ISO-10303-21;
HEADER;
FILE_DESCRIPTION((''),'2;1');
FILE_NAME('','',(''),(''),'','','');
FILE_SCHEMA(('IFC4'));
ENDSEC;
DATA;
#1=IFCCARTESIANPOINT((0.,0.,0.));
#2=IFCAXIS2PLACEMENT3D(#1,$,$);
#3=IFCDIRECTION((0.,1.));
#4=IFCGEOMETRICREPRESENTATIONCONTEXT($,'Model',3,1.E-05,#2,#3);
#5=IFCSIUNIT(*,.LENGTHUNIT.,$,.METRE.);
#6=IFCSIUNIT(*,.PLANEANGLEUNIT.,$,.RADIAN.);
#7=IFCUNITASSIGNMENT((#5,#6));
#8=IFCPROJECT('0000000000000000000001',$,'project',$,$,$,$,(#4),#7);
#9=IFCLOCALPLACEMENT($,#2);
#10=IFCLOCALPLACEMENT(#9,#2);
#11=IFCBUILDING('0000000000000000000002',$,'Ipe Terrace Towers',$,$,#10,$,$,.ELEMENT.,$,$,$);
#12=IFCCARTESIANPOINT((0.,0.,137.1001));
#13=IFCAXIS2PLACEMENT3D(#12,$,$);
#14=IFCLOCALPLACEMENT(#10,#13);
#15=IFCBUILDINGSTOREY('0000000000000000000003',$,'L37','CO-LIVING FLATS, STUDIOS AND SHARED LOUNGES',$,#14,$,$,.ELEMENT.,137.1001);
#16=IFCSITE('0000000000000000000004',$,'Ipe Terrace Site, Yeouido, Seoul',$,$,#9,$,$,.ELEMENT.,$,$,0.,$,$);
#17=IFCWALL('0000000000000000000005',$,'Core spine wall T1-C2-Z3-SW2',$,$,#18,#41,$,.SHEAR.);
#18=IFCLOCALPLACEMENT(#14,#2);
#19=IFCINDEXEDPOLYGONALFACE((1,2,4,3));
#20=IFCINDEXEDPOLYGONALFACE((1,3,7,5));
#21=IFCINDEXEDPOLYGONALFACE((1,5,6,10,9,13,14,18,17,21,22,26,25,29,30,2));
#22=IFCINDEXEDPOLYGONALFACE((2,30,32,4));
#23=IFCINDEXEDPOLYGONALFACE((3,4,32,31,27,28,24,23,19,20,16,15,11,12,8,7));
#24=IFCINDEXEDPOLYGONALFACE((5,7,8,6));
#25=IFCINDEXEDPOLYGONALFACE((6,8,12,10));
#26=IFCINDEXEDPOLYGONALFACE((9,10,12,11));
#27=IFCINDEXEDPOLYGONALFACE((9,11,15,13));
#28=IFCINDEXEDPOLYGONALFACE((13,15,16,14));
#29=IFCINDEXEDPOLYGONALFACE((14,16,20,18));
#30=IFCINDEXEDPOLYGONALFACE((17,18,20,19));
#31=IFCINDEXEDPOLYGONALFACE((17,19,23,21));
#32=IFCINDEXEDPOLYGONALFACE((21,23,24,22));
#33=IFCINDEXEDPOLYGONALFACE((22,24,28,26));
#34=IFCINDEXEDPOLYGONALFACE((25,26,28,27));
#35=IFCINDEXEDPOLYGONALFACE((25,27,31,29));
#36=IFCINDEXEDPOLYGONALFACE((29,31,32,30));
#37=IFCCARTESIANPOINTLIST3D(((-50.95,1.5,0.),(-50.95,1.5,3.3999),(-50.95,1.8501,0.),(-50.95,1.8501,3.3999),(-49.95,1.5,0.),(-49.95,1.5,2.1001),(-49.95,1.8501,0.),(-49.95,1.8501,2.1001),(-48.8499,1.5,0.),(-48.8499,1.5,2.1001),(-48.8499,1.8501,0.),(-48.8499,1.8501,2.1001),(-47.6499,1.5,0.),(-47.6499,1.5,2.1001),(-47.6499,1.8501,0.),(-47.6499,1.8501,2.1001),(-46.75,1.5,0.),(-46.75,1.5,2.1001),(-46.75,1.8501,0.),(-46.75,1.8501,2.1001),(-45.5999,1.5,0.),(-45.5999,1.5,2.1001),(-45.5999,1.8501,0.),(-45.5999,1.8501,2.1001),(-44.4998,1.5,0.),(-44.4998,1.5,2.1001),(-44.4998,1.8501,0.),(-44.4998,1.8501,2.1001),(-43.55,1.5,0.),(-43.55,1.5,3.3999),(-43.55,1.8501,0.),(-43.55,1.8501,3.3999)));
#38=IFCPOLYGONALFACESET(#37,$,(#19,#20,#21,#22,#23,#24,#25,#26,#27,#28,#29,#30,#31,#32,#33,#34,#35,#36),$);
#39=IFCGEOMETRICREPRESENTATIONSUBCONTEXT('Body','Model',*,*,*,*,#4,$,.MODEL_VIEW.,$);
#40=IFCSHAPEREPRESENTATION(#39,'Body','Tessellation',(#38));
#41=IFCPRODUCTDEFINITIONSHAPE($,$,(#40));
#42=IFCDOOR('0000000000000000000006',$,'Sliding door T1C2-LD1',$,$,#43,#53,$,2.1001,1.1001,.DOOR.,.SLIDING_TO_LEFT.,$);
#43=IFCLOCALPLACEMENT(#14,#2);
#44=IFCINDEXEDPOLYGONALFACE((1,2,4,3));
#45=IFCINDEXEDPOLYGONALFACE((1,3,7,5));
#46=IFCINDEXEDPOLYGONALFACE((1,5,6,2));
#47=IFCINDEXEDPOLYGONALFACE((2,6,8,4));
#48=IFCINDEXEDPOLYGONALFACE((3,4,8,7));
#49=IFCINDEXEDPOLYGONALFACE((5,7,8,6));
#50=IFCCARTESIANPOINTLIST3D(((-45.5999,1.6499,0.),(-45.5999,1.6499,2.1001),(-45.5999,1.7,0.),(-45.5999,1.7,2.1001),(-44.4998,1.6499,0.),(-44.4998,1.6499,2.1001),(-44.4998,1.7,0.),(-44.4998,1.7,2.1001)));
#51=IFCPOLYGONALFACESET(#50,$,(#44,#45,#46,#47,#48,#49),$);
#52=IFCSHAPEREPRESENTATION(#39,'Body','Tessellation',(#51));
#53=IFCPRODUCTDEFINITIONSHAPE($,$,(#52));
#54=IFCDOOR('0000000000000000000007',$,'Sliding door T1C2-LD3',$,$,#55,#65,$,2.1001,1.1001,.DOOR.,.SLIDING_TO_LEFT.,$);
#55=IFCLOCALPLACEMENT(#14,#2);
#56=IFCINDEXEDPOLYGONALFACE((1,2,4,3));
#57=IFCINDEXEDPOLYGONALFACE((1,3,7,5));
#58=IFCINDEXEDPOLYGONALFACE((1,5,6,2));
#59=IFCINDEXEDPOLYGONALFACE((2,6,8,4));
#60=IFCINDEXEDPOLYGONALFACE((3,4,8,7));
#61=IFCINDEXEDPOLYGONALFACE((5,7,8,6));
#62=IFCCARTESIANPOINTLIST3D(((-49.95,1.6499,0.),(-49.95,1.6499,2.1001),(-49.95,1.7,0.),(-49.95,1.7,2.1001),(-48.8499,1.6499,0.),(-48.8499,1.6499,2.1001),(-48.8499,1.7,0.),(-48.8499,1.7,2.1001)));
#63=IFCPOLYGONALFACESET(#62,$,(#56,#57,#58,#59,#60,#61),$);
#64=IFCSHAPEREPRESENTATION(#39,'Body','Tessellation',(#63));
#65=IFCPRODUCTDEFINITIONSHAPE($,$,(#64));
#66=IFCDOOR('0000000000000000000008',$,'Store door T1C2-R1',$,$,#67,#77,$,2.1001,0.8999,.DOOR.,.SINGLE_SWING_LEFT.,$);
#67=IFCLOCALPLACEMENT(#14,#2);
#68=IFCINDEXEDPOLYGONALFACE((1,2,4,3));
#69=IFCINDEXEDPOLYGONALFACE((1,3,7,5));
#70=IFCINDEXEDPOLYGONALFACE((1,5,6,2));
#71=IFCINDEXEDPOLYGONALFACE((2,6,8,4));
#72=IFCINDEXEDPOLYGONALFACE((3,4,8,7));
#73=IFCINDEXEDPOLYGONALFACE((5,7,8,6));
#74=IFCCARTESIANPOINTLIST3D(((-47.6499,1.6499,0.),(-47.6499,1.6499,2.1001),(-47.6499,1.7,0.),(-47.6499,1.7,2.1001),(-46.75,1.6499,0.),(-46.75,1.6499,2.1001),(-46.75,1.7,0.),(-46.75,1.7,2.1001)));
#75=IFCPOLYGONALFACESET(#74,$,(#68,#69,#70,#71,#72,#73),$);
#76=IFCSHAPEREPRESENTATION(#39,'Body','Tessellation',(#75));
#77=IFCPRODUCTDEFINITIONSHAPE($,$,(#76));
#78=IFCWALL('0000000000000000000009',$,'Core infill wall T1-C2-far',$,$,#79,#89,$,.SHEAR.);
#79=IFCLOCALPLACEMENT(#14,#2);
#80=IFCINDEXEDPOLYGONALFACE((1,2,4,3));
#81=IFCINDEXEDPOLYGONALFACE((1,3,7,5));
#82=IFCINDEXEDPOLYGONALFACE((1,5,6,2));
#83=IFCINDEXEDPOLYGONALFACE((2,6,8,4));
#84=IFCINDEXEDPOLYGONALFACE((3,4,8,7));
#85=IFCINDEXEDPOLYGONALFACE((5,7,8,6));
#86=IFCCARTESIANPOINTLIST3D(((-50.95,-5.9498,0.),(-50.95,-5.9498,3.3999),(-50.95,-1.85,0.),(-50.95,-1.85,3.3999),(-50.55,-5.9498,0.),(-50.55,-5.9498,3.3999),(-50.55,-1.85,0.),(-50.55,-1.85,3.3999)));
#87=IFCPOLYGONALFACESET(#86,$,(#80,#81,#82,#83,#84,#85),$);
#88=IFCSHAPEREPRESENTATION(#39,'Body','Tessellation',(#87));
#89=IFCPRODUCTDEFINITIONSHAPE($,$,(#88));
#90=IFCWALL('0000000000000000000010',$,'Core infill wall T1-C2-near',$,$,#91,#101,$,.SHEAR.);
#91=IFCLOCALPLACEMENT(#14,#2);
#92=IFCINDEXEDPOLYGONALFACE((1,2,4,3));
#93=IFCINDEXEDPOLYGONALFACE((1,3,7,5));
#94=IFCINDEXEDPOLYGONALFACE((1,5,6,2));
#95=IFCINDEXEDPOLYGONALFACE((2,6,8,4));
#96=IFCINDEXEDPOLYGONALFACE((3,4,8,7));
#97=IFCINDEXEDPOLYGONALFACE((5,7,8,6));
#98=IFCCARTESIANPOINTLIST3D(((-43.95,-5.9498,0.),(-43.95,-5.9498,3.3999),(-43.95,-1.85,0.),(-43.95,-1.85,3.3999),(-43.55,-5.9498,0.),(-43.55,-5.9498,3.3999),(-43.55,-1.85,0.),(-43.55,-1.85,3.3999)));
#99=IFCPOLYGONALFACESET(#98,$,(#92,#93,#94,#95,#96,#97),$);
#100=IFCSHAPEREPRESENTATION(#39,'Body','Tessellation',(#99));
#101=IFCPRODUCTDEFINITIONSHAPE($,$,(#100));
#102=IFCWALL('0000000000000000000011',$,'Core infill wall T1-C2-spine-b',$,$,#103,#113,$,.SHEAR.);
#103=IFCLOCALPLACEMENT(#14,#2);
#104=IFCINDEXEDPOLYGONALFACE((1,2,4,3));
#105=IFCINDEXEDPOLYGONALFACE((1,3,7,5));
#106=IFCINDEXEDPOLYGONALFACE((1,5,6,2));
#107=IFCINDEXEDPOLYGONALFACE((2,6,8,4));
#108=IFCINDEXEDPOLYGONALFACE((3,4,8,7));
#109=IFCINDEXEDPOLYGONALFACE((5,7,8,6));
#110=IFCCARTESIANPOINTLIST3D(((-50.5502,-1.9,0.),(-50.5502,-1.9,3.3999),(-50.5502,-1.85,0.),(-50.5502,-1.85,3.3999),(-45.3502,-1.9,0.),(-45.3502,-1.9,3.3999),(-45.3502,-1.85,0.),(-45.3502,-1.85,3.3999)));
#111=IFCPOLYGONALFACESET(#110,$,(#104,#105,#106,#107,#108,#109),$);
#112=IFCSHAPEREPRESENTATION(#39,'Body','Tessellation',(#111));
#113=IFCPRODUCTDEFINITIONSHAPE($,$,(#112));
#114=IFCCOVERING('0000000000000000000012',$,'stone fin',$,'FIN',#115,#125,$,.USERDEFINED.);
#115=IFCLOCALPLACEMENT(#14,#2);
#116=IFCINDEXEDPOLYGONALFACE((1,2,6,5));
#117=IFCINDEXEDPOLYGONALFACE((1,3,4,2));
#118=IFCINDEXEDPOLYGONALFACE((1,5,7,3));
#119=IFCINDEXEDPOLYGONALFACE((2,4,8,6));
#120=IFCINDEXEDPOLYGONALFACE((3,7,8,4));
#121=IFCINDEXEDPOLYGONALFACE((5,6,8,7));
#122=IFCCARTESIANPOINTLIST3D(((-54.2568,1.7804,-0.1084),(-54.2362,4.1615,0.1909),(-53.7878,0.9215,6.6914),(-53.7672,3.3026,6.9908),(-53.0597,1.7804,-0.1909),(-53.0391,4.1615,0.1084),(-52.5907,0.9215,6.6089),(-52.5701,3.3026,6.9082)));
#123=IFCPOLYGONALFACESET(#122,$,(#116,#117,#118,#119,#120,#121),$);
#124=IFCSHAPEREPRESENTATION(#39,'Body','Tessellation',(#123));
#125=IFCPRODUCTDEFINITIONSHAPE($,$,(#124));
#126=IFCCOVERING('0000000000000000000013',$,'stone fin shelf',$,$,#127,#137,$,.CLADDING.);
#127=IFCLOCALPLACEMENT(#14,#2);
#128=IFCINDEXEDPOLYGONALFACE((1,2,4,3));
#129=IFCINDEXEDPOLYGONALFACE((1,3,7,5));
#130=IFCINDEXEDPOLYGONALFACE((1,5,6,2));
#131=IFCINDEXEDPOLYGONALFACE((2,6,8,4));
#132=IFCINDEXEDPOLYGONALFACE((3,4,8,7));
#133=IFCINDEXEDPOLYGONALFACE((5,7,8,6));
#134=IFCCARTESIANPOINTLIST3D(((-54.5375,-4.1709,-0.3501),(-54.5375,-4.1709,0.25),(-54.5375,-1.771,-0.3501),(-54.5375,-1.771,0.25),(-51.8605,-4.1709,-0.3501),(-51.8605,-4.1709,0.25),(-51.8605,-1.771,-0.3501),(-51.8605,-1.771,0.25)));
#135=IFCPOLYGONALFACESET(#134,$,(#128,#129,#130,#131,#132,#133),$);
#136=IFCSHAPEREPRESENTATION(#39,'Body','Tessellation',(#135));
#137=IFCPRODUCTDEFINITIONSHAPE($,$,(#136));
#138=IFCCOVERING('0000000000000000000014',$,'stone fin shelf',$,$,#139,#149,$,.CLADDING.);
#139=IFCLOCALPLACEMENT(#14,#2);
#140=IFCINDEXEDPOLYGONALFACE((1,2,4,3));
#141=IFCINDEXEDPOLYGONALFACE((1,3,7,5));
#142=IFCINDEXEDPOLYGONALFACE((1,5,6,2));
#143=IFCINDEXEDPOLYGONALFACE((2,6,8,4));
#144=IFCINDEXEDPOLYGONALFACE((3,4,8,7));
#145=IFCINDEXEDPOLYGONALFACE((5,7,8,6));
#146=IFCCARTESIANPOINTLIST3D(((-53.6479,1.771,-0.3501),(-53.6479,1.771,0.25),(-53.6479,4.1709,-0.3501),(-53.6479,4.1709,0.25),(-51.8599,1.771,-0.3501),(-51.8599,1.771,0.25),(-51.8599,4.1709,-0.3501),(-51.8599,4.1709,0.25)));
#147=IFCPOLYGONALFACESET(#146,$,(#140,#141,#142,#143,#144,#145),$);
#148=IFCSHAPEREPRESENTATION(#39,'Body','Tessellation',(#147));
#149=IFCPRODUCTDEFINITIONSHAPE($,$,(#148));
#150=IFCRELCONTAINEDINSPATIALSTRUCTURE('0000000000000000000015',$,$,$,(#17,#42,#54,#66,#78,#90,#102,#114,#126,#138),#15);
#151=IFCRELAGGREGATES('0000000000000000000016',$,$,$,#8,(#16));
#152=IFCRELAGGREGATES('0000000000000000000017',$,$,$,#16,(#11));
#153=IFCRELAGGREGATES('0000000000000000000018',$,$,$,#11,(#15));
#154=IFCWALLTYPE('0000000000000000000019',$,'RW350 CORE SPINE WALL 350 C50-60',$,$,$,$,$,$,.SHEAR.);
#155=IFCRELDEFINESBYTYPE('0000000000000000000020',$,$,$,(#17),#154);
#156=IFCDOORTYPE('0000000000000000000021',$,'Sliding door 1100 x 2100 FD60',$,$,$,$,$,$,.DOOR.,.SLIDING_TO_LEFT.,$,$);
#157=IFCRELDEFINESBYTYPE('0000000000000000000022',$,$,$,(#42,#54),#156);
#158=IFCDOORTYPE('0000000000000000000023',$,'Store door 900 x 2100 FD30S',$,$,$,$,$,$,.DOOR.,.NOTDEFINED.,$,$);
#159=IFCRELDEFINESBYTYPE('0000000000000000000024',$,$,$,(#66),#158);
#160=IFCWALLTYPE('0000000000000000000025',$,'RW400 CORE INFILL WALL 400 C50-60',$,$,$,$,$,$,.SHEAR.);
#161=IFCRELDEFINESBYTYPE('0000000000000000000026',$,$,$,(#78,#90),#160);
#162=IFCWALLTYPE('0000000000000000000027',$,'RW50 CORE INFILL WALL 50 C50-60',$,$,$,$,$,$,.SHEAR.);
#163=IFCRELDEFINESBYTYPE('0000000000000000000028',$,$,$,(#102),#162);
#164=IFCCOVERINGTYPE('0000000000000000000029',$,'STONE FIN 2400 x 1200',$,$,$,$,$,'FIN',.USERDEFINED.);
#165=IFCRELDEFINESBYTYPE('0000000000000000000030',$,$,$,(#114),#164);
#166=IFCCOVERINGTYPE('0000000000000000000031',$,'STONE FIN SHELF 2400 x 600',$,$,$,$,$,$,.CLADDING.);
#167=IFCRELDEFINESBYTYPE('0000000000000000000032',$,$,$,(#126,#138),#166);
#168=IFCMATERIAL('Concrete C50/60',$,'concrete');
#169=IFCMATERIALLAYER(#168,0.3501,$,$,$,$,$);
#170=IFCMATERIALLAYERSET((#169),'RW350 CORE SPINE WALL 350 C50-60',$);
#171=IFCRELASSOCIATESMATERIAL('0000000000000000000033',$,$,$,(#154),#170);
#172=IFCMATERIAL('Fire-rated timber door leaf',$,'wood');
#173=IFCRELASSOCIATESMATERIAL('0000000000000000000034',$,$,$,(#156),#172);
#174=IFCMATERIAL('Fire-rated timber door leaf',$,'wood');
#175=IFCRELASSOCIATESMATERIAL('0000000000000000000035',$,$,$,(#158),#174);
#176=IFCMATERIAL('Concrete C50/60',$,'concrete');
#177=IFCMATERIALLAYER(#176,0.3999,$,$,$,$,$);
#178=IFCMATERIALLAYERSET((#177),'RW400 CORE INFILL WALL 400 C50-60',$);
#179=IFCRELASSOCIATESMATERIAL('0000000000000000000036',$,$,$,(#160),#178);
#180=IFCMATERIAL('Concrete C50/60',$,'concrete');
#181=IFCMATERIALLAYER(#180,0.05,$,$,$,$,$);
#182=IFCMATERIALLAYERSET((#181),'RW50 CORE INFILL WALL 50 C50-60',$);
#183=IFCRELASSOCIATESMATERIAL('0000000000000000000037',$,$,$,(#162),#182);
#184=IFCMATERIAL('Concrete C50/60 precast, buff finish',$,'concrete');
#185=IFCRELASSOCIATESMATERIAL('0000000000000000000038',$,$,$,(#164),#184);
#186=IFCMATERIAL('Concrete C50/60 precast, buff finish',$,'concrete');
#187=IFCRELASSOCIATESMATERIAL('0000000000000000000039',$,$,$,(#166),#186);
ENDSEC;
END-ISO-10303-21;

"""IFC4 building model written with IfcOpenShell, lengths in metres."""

from ifc_helpers import new_model, si_unit, direction, frame, frame_2d, origin, origin_2d, place, context, subcontext, project, spatial, rectangle, extrude, material, layer, layer_set, material_profile, profile_set, type_object, element, fill, save


model = new_model("IFC4")

# Units and contexts
model_context = context("Model", 3, precision=1e-05, world=origin(), true_north=direction((0.0, 1.0)))
body_context = subcontext(model_context, "Body", "Model", "MODEL_VIEW")
ifc_project = project(units=[si_unit("LENGTHUNIT", "METRE"), si_unit("PLANEANGLEUNIT", "RADIAN")], contexts=[model_context])

# Site, building, storey
site_placement = place(None, origin())
site = spatial("IfcSite", under=ifc_project, at=site_placement, Name="Ipe Terrace Site, Yeouido, Seoul", CompositionType="ELEMENT", RefElevation=0.0)
building_placement = place(site_placement, origin())
building = spatial("IfcBuilding", under=site, at=building_placement, Name="Ipe Terrace Towers", CompositionType="ELEMENT")
storey_placement = place(building_placement, frame((0.0, 0.0, 137.1001)))
storey = spatial("IfcBuildingStorey", under=building, at=storey_placement, Name="L37", Description="CO-LIVING FLATS, STUDIOS AND SHARED LOUNGES", CompositionType="ELEMENT", Elevation=137.1001)

# Shared definitions
ifc_material_1 = material(Name="Concrete C50/60", Category="concrete")
ifc_layer_1 = layer(ifc_material_1, 0.3501)
ifc_layer_set_1 = layer_set([ifc_layer_1], Name="RW350 CORE SPINE WALL 350 C50-60")
wall_type_1 = type_object("IfcWallType", Name="RW350 CORE SPINE WALL 350 C50-60", PredefinedType="SHEAR", material=ifc_layer_set_1)

# Wall, openings, doors
wall_1_placement = place(storey_placement, frame((-50.95, 1.675, 0.0), z_axis=(0.0, 0.0, 1.0), x_axis=(1.0, 0.0, 0.0)))
wall_1 = element("IfcWall", 1, at=wall_1_placement, inside=storey, type_object=wall_type_1, Name="Core spine wall T1-C2-Z3-SW2", PredefinedType="SHEAR", context=body_context, shape_type="SweptSolid", body=[
    extrude(rectangle(XDim=7.3999, YDim=0.3501, at=frame_2d((3.7, 0.0))), origin(), (0.0, 0.0, 1.0), 3.3999),
])
opening_1_placement = place(wall_1_placement, frame((5.3501, 0.0, 0.0)))
opening_1 = element("IfcOpeningElement", 2, at=opening_1_placement, cuts=wall_1, PredefinedType="OPENING", context=body_context, shape_type="SweptSolid", body=[
    extrude(rectangle(XDim=1.1001, YDim=2.1001, at=frame_2d((0.55, 1.05))), frame((0.0, 0.1851, 0.0), z_axis=(0.0, -1.0, 0.0), x_axis=(1.0, 0.0, 0.0)), (0.0, 0.0, 1.0), 0.3701),
])
opening_2_placement = place(wall_1_placement, frame((1.0, 0.0, 0.0)))
opening_2 = element("IfcOpeningElement", 3, at=opening_2_placement, cuts=wall_1, PredefinedType="OPENING", context=body_context, shape_type="SweptSolid", body=[
    extrude(rectangle(XDim=1.1001, YDim=2.1001, at=frame_2d((0.55, 1.05))), frame((0.0, 0.1851, 0.0), z_axis=(0.0, -1.0, 0.0), x_axis=(1.0, 0.0, 0.0)), (0.0, 0.0, 1.0), 0.3701),
])
opening_3_placement = place(wall_1_placement, frame((3.3, 0.0, 0.0)))
opening_3 = element("IfcOpeningElement", 4, at=opening_3_placement, cuts=wall_1, PredefinedType="OPENING", context=body_context, shape_type="SweptSolid", body=[
    extrude(rectangle(XDim=0.8999, YDim=2.1001, at=frame_2d((0.45, 1.05))), frame((0.0, 0.1851, 0.0), z_axis=(0.0, -1.0, 0.0), x_axis=(1.0, 0.0, 0.0)), (0.0, 0.0, 1.0), 0.3701),
])
ifc_material_2 = material(Name="Fire-rated timber door leaf", Category="wood")
door_type_1 = type_object("IfcDoorType", Name="Sliding door 1100 x 2100 FD60", OperationType="SLIDING_TO_LEFT", PredefinedType="DOOR", material=ifc_material_2)
door_1_placement = place(opening_1_placement, origin())
door_1 = element("IfcDoor", 5, at=door_1_placement, inside=storey, type_object=door_type_1, Name="Sliding door T1C2-LD1", OperationType="SLIDING_TO_LEFT", OverallHeight=2.1001, OverallWidth=1.1001, PredefinedType="DOOR", context=body_context, shape_type="SweptSolid", body=[
    extrude(rectangle(XDim=1.1001, YDim=2.1001, at=frame_2d((0.55, 1.05))), frame((0.0, 0.0249, 0.0), z_axis=(0.0, -1.0, 0.0), x_axis=(1.0, 0.0, 0.0)), (0.0, 0.0, 1.0), 0.05),
])
fill(opening_1, door_1)
door_2_placement = place(opening_2_placement, origin())
door_2 = element("IfcDoor", 6, at=door_2_placement, inside=storey, type_object=door_type_1, Name="Sliding door T1C2-LD3", OperationType="SLIDING_TO_LEFT", OverallHeight=2.1001, OverallWidth=1.1001, PredefinedType="DOOR", context=body_context, shape_type="SweptSolid", body=[
    extrude(rectangle(XDim=1.1001, YDim=2.1001, at=frame_2d((0.55, 1.05))), frame((0.0, 0.0249, 0.0), z_axis=(0.0, -1.0, 0.0), x_axis=(1.0, 0.0, 0.0)), (0.0, 0.0, 1.0), 0.05),
])
fill(opening_2, door_2)
ifc_material_3 = material(Name="Fire-rated timber door leaf", Category="wood")
door_type_2 = type_object("IfcDoorType", Name="Store door 900 x 2100 FD30S", OperationType="NOTDEFINED", PredefinedType="DOOR", material=ifc_material_3)
door_3_placement = place(opening_3_placement, origin())
door_3 = element("IfcDoor", 7, at=door_3_placement, inside=storey, type_object=door_type_2, Name="Store door T1C2-R1", OperationType="SINGLE_SWING_LEFT", OverallHeight=2.1001, OverallWidth=0.8999, PredefinedType="DOOR", context=body_context, shape_type="SweptSolid", body=[
    extrude(rectangle(XDim=0.8999, YDim=2.1001, at=frame_2d((0.45, 1.05))), frame((0.0, 0.0249, 0.0), z_axis=(0.0, -1.0, 0.0), x_axis=(1.0, 0.0, 0.0)), (0.0, 0.0, 1.0), 0.05),
])
fill(opening_3, door_3)

# Walls
ifc_material_4 = material(Name="Concrete C50/60", Category="concrete")
ifc_layer_2 = layer(ifc_material_4, 0.3999)
ifc_layer_set_2 = layer_set([ifc_layer_2], Name="RW400 CORE INFILL WALL 400 C50-60")
wall_type_2 = type_object("IfcWallType", Name="RW400 CORE INFILL WALL 400 C50-60", PredefinedType="SHEAR", material=ifc_layer_set_2)
for number, where, z_axis, x_axis, name in (
    (8, (-50.75, -1.8501, 0.0), (0.0, 0.0, 1.0), (0.0, -1.0, 0.0), "Core infill wall T1-C2-far"),
    (9, (-43.75, -1.8501, 0.0), (0.0, 0.0, 1.0), (0.0, -1.0, 0.0), "Core infill wall T1-C2-near"),
):
    element("IfcWall", number, at=place(storey_placement, frame(where, z_axis=z_axis, x_axis=x_axis)), inside=storey, type_object=wall_type_2, Name=name, PredefinedType="SHEAR", context=body_context, shape_type="SweptSolid", body=[
        extrude(rectangle(XDim=4.0999, YDim=0.3999, at=frame_2d((2.0498, 0.0))), origin(), (0.0, 0.0, 1.0), 3.3999),
    ])
ifc_material_5 = material(Name="Concrete C50/60", Category="concrete")
ifc_layer_3 = layer(ifc_material_5, 0.05)
ifc_layer_set_3 = layer_set([ifc_layer_3], Name="RW50 CORE INFILL WALL 50 C50-60")
wall_type_3 = type_object("IfcWallType", Name="RW50 CORE INFILL WALL 50 C50-60", PredefinedType="SHEAR", material=ifc_layer_set_3)
wall_2_placement = place(storey_placement, frame((-45.3501, -1.875, 0.0), z_axis=(0.0, 0.0, 1.0), x_axis=(-1.0, 0.0, 0.0)))
element("IfcWall", 10, at=wall_2_placement, inside=storey, type_object=wall_type_3, Name="Core infill wall T1-C2-spine-b", PredefinedType="SHEAR", context=body_context, shape_type="SweptSolid", body=[
    extrude(rectangle(XDim=5.2, YDim=0.05, at=frame_2d((2.6001, 0.0))), origin(), (0.0, 0.0, 1.0), 3.3999),
])

# Coverings
ifc_material_6 = material(Name="Concrete C50/60 precast, buff finish", Category="concrete")
ifc_material_profile = material_profile(ifc_material_6, rectangle(XDim=2.3999, YDim=1.2, at=origin_2d()), Name="STONE FIN 2400 x 1200")
ifc_profile_set = profile_set([ifc_material_profile], Name="Concrete C50/60 precast, buff finish")
covering_type_1 = type_object("IfcCoveringType", Name="STONE FIN 2400 x 1200", ElementType="FIN", PredefinedType="USERDEFINED", material=ifc_profile_set)
covering_1_placement = place(storey_placement, frame((-53.6479, 2.9709, 0.0), z_axis=(0.068268, -0.125022, 0.989802), x_axis=(-0.008603, -0.992154, -0.124726)))
element("IfcCovering", 11, at=covering_1_placement, inside=storey, type_object=covering_type_1, Name="stone fin", ObjectType="FIN", PredefinedType="USERDEFINED", context=body_context, shape_type="SweptSolid", body=[
    extrude(rectangle(XDim=2.3999, YDim=1.2, at=origin_2d()), origin(), (0.0, 0.0, 1.0), 6.8699),
])
ifc_material_7 = material(Name="Concrete C50/60 precast, buff finish", Category="concrete")
covering_type_2 = type_object("IfcCoveringType", Name="STONE FIN SHELF 2400 x 600", PredefinedType="CLADDING", material=ifc_material_7)
covering_2_placement = place(storey_placement, frame((-53.199, -2.9709, -0.3501), z_axis=(0.0, 0.0, 1.0), x_axis=(0.0, -1.0, 0.0)))
element("IfcCovering", 12, at=covering_2_placement, inside=storey, type_object=covering_type_2, Name="stone fin shelf", PredefinedType="CLADDING", context=body_context, shape_type="SweptSolid", body=[
    extrude(rectangle(XDim=2.3999, YDim=2.677, at=origin_2d()), origin(), (0.0, 0.0, 1.0), 0.6001),
])
covering_3_placement = place(storey_placement, frame((-52.7539, 2.9709, -0.3501), z_axis=(0.0, 0.0, 1.0), x_axis=(0.0, -1.0, 0.0)))
element("IfcCovering", 13, at=covering_3_placement, inside=storey, type_object=covering_type_2, Name="stone fin shelf", PredefinedType="CLADDING", context=body_context, shape_type="SweptSolid", body=[
    extrude(rectangle(XDim=2.3999, YDim=1.7881, at=origin_2d()), origin(), (0.0, 0.0, 1.0), 0.6001),
])

save(model, "model.ifc")
